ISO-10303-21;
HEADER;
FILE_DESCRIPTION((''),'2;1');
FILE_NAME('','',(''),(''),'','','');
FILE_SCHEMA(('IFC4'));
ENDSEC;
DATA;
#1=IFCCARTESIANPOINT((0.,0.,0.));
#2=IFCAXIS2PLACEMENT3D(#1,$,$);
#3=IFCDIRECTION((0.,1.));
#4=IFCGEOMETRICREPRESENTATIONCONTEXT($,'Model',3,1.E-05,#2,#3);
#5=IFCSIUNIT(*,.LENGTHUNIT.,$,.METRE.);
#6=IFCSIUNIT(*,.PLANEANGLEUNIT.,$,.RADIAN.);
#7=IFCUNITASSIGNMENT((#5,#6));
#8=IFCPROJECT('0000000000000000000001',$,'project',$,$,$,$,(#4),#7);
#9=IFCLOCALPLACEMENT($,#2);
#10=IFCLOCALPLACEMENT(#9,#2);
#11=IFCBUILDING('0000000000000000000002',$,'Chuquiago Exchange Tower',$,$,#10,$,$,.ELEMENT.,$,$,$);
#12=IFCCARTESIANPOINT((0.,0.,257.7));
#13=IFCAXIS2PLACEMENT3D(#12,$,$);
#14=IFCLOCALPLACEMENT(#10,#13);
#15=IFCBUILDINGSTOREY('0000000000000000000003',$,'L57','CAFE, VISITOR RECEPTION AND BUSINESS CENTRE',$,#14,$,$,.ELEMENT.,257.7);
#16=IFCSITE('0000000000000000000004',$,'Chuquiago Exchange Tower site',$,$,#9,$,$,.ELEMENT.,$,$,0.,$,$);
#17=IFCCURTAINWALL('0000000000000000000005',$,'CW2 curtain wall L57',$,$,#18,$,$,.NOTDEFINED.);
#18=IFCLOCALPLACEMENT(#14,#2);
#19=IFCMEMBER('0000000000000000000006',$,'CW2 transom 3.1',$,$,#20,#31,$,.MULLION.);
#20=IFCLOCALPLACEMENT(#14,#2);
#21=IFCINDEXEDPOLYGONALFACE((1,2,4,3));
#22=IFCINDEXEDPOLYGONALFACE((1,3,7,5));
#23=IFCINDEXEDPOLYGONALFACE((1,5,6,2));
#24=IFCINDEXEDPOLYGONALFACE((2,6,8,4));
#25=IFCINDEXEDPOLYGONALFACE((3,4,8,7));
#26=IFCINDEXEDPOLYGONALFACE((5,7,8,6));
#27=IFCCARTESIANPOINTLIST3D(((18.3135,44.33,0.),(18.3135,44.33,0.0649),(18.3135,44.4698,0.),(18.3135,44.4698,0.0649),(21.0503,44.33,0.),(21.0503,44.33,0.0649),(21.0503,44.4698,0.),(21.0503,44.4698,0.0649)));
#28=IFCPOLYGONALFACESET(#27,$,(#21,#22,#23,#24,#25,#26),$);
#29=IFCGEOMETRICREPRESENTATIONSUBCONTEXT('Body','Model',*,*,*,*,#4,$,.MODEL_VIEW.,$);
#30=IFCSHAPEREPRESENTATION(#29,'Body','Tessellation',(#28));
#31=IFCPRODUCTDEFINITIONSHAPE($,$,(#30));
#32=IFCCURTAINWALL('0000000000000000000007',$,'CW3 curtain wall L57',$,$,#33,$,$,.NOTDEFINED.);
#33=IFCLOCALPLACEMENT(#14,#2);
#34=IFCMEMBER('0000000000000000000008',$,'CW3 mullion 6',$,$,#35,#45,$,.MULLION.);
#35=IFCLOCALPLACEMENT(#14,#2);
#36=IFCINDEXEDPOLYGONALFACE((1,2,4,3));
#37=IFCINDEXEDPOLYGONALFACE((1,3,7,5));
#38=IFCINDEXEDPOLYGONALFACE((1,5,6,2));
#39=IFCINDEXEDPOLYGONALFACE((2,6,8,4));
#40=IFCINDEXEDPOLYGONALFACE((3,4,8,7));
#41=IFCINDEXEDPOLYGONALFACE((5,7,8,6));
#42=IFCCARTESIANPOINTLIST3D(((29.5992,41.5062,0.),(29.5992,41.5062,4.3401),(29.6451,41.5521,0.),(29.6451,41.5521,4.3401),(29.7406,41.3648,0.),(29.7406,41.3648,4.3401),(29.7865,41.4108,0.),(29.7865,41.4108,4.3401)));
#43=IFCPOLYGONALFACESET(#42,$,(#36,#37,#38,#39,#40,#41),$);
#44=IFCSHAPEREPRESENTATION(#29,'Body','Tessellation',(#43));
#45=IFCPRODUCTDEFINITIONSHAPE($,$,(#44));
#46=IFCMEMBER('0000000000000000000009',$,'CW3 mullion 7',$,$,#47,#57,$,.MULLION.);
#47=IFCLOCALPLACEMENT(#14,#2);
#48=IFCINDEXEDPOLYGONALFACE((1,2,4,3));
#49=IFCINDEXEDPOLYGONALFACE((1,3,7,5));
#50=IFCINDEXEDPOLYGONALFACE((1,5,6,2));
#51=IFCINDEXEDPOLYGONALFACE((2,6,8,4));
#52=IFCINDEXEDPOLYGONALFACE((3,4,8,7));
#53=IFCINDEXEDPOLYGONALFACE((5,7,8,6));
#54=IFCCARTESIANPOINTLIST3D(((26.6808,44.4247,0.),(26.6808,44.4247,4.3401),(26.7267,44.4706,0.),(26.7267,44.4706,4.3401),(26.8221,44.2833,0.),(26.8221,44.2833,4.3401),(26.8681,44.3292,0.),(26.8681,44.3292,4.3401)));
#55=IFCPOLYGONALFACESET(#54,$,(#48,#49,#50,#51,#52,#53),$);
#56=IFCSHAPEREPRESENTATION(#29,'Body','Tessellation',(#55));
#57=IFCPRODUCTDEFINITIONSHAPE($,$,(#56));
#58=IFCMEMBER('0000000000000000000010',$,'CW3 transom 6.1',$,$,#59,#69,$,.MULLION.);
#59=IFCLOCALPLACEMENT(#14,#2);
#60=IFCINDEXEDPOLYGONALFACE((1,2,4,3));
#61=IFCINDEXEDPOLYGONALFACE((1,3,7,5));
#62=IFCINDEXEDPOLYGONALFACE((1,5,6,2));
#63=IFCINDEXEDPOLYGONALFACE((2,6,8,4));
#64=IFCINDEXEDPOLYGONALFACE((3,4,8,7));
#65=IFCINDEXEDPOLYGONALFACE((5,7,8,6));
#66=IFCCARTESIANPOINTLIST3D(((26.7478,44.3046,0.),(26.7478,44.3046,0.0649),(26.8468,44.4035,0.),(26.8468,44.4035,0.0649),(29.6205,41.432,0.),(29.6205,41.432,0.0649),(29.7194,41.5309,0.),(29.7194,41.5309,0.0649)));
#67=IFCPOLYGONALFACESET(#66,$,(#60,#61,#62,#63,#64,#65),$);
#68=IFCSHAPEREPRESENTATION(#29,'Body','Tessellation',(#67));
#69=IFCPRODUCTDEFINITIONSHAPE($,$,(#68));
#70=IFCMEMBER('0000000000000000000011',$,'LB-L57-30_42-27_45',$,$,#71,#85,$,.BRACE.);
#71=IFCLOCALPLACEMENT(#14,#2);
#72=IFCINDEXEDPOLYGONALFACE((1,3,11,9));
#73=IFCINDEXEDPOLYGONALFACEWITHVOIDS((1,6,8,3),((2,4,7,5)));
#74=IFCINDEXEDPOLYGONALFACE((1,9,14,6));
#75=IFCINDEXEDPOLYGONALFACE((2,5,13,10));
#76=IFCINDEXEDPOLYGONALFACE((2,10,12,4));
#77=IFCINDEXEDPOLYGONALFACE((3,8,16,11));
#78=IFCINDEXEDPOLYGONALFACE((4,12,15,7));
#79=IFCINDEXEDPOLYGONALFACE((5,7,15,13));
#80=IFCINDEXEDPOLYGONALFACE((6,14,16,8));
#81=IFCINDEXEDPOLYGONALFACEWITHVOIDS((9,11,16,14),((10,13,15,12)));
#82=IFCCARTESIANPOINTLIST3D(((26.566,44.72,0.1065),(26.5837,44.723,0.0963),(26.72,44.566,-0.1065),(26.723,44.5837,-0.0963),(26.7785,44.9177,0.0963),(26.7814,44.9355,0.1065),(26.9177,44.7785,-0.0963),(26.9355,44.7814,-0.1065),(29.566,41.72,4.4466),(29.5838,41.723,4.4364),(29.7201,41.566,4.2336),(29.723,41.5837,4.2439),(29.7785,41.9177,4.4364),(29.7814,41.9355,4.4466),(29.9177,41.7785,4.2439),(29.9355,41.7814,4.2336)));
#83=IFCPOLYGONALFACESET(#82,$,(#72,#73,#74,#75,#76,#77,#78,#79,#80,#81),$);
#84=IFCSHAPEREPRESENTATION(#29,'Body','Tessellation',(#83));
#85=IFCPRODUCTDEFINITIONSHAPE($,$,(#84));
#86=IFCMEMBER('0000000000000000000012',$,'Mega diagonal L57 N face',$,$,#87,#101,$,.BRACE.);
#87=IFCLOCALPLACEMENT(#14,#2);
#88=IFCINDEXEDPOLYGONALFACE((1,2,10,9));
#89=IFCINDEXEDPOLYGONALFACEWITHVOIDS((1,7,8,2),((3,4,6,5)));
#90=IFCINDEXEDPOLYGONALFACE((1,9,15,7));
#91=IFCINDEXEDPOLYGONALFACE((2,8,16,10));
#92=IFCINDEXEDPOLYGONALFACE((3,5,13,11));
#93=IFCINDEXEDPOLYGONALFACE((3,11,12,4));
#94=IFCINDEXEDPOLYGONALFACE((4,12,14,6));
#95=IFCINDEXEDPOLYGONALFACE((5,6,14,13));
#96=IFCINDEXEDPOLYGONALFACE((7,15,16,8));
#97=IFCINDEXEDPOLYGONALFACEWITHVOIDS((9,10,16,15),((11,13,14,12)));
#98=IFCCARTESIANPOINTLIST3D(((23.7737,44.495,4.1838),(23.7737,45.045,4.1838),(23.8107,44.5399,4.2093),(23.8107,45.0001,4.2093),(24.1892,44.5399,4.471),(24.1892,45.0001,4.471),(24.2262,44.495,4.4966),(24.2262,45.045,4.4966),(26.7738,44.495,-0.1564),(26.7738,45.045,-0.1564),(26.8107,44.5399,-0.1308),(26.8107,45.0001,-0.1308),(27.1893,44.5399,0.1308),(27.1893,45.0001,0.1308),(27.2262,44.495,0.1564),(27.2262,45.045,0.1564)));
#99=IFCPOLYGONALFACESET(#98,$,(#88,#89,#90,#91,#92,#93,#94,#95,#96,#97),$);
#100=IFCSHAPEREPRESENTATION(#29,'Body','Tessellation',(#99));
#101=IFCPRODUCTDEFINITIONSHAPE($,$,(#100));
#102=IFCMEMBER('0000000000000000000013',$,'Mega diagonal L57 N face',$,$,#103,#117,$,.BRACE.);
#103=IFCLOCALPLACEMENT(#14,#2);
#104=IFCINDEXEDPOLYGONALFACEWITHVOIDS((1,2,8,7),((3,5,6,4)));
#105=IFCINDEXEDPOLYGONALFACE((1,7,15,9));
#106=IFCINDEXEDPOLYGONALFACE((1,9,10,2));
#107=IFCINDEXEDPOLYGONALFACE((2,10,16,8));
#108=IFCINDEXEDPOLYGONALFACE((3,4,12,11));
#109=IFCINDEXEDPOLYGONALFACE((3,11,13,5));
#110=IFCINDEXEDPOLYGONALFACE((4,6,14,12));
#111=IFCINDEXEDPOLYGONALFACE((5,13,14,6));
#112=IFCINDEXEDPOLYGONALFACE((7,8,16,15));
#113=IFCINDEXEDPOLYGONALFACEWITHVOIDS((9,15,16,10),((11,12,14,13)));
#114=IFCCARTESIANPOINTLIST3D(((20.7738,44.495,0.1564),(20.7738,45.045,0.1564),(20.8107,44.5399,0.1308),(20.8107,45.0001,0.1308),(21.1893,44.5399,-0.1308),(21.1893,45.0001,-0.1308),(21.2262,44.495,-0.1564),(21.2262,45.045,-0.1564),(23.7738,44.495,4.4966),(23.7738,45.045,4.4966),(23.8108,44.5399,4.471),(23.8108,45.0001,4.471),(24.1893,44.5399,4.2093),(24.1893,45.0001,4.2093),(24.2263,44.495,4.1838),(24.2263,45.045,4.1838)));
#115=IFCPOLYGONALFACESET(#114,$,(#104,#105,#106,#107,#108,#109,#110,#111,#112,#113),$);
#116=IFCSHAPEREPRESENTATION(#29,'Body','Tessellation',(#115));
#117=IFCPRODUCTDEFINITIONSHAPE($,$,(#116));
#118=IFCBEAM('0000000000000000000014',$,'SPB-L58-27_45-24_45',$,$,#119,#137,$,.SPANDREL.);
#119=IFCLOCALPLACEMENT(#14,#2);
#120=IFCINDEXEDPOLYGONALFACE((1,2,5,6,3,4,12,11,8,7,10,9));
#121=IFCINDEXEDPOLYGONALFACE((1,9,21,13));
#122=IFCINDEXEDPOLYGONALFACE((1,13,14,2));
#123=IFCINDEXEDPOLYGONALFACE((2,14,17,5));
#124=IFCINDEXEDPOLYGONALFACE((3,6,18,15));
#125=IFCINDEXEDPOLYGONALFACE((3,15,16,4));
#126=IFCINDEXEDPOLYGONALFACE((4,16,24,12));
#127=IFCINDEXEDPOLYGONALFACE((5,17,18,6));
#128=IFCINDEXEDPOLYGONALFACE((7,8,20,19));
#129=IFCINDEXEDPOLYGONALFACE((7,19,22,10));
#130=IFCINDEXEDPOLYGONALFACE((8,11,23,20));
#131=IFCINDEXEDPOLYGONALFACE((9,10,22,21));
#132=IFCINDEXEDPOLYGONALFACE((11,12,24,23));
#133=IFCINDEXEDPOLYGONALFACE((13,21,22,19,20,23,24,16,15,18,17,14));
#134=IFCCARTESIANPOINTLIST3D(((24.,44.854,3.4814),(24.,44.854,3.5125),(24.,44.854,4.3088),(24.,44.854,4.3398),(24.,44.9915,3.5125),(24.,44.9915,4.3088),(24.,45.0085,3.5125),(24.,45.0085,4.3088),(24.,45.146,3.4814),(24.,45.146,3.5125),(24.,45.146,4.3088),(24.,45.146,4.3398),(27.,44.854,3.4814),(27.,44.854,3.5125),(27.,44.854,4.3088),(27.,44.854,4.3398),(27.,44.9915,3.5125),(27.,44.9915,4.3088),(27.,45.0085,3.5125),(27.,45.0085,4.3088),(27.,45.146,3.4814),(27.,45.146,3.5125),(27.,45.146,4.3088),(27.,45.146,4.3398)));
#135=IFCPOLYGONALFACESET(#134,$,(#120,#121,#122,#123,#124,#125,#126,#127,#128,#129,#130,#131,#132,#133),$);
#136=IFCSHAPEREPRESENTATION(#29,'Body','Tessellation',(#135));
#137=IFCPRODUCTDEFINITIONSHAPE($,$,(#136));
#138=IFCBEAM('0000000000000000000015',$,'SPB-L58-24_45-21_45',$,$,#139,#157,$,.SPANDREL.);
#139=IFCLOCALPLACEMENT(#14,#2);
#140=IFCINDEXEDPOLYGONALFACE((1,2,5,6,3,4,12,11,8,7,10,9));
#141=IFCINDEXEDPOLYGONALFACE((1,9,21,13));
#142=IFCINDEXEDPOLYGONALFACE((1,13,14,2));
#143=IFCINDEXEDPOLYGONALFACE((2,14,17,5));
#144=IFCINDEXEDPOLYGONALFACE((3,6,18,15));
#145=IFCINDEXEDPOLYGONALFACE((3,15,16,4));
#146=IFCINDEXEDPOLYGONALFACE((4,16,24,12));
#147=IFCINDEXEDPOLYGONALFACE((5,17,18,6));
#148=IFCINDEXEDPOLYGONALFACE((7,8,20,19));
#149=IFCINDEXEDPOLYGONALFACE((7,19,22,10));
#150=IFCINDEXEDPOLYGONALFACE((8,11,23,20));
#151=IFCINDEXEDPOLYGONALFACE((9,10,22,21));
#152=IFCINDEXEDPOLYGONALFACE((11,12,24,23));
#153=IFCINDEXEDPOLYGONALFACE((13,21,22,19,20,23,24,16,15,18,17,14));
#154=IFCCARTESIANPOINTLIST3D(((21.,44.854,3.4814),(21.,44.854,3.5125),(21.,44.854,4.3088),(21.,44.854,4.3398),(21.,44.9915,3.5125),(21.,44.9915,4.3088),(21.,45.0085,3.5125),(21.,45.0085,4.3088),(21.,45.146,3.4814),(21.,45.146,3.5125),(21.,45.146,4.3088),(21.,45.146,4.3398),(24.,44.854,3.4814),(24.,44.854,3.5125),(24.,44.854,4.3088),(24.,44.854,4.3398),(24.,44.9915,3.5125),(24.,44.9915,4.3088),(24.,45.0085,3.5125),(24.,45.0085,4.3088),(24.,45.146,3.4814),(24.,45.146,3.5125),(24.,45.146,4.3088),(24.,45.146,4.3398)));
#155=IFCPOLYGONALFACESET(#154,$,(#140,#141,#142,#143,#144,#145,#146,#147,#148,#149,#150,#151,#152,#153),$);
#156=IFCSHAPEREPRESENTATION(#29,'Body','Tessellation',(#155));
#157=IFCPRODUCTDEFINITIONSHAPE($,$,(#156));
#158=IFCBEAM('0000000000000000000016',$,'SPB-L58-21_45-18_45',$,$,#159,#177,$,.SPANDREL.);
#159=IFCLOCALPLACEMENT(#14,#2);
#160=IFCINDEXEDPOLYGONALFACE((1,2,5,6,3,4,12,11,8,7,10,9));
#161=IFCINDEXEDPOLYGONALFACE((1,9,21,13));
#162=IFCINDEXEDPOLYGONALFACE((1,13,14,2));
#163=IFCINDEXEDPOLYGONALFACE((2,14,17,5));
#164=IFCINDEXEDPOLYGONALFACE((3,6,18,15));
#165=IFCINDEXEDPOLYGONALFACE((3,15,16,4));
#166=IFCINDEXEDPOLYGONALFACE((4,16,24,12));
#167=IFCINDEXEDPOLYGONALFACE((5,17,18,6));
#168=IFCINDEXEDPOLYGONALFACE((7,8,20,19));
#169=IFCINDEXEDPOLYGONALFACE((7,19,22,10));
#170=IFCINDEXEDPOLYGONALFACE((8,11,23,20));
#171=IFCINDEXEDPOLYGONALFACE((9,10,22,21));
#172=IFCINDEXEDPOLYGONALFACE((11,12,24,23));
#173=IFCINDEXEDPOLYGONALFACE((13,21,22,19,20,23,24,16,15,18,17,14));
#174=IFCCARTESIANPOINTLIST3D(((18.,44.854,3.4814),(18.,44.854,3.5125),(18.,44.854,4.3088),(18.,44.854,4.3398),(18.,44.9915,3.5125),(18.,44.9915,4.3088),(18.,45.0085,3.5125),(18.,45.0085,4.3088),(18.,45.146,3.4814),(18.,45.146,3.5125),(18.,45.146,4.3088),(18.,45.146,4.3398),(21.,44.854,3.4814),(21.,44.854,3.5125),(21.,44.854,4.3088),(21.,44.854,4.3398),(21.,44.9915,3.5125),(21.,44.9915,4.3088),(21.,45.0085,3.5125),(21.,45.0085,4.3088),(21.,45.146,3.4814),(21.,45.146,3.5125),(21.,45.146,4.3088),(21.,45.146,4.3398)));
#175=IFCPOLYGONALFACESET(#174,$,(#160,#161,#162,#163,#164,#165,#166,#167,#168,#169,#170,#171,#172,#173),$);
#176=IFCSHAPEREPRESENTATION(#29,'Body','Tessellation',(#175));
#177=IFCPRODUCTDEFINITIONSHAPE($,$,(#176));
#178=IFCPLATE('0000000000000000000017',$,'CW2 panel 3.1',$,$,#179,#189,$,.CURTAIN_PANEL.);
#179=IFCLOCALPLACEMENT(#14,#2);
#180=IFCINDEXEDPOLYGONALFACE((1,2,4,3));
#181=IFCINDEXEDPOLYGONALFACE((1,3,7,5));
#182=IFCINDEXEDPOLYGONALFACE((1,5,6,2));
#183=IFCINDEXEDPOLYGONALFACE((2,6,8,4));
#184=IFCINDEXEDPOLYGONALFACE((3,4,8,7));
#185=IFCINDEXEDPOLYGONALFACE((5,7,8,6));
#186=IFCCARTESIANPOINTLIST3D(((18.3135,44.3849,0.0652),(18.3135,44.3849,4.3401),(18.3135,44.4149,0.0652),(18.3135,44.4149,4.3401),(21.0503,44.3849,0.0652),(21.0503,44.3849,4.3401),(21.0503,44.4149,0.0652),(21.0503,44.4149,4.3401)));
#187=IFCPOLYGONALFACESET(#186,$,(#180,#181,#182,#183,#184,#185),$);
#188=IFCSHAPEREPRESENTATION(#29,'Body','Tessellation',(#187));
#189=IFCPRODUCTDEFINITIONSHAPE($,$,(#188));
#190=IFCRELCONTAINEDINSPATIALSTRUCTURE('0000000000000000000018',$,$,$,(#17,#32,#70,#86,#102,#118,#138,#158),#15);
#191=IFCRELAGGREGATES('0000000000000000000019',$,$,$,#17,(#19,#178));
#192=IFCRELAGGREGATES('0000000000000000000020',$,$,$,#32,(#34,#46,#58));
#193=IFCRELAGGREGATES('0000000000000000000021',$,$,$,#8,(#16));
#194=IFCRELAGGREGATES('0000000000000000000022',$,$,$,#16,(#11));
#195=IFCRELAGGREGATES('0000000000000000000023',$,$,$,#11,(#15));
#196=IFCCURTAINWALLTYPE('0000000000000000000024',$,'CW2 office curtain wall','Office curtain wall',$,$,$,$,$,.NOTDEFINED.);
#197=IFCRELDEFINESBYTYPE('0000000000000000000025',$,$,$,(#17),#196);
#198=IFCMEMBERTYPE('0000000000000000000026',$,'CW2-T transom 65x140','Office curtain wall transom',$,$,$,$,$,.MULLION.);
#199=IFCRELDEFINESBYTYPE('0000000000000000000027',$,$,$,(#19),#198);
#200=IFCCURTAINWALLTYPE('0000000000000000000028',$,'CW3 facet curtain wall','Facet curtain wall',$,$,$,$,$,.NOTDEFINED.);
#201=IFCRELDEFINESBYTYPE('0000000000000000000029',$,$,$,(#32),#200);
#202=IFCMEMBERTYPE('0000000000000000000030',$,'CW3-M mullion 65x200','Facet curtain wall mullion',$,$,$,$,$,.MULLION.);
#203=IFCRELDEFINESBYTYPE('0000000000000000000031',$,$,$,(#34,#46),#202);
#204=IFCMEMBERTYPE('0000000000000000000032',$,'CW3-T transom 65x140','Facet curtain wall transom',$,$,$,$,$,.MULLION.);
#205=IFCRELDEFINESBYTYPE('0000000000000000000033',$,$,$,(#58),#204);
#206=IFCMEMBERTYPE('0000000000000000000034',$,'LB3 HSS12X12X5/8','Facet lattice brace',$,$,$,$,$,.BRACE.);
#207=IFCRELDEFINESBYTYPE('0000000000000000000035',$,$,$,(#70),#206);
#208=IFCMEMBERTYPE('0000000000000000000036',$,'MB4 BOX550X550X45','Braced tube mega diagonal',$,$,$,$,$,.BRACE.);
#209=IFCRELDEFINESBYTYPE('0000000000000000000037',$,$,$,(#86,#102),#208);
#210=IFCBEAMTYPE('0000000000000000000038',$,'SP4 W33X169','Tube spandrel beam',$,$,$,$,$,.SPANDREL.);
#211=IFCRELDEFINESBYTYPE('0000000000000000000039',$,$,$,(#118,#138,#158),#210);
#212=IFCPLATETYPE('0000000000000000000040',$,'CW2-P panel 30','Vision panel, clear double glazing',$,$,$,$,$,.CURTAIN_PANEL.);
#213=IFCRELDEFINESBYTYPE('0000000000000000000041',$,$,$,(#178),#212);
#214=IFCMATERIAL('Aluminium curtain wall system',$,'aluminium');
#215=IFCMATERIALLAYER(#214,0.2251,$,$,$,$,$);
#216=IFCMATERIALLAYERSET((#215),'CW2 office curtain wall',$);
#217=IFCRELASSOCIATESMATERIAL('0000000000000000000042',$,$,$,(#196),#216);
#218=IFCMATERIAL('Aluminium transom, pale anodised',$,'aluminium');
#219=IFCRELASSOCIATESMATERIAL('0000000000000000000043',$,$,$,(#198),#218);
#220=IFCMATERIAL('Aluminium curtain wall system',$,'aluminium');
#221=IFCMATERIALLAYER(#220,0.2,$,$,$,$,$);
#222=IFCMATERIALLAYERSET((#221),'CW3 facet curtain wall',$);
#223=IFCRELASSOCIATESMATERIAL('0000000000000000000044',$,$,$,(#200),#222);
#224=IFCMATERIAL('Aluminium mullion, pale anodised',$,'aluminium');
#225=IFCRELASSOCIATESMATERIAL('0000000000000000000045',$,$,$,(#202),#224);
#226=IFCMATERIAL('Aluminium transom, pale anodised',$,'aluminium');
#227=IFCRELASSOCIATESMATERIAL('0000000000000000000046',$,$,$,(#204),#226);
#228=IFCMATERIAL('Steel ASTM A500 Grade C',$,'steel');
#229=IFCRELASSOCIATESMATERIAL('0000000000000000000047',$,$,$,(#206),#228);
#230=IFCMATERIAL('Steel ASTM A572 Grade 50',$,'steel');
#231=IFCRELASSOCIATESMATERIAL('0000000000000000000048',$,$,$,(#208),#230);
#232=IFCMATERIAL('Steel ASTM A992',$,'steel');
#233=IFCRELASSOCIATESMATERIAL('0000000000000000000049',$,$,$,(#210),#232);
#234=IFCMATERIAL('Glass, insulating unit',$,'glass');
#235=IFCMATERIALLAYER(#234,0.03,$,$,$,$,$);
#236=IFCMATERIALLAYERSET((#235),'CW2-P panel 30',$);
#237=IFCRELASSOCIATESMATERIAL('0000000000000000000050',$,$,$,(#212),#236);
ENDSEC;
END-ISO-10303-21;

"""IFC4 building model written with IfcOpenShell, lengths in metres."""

from ifc_helpers import new_model, si_unit, direction, frame, origin, origin_2d, place, context, subcontext, project, spatial, rectangle, hollow_rectangle, i_section, extrude, material, layer, layer_set, material_profile, profile_set, type_object, element, aggregate, save


model = new_model("IFC4")

# Units and contexts
model_context = context("Model", 3, precision=1e-05, world=origin(), true_north=direction((0.0, 1.0)))
body_context = subcontext(model_context, "Body", "Model", "MODEL_VIEW")
ifc_project = project(units=[si_unit("LENGTHUNIT", "METRE"), si_unit("PLANEANGLEUNIT", "RADIAN")], contexts=[model_context])

# Site, building, storey
site_placement = place(None, origin())
site = spatial("IfcSite", under=ifc_project, at=site_placement, Name="Chuquiago Exchange Tower site", CompositionType="ELEMENT", RefElevation=0.0)
building_placement = place(site_placement, origin())
building = spatial("IfcBuilding", under=site, at=building_placement, Name="Chuquiago Exchange Tower", CompositionType="ELEMENT")
storey_placement = place(building_placement, frame((0.0, 0.0, 257.7)))
storey = spatial("IfcBuildingStorey", under=building, at=storey_placement, Name="L57", Description="CAFE, VISITOR RECEPTION AND BUSINESS CENTRE", CompositionType="ELEMENT", Elevation=257.7)

# Curtain walls, members
ifc_material_1 = material(Name="Aluminium curtain wall system", Category="aluminium")
ifc_layer_1 = layer(ifc_material_1, 0.2251)
ifc_layer_set_1 = layer_set([ifc_layer_1], Name="CW2 office curtain wall")
curtain_wall_type_1 = type_object("IfcCurtainWallType", Name="CW2 office curtain wall", Description="Office curtain wall", PredefinedType="NOTDEFINED", material=ifc_layer_set_1)
curtain_wall_1_placement = place(storey_placement, origin())
curtain_wall_1 = element("IfcCurtainWall", 1, at=curtain_wall_1_placement, inside=storey, type_object=curtain_wall_type_1, Name="CW2 curtain wall L57", PredefinedType="NOTDEFINED")
ifc_material_2 = material(Name="Aluminium transom, pale anodised", Category="aluminium")
ifc_material_profile_1 = material_profile(ifc_material_2, rectangle(XDim=0.1399, YDim=0.0649, at=origin_2d()), Name="AL 140x65")
ifc_profile_set_1 = profile_set([ifc_material_profile_1], Name="Aluminium transom, pale anodised")
member_type_1 = type_object("IfcMemberType", Name="CW2-T transom 65x140", Description="Office curtain wall transom", PredefinedType="MULLION", material=ifc_profile_set_1)
member_1_placement = place(storey_placement, frame((21.0503, 44.3999, 0.0325), z_axis=(-1.0, 0.0, 0.0), x_axis=(0.0, -1.0, 0.0)))
member_1 = element("IfcMember", 2, at=member_1_placement, type_object=member_type_1, Name="CW2 transom 3.1", PredefinedType="MULLION", context=body_context, shape_type="SweptSolid", body=[
    extrude(rectangle(XDim=0.1399, YDim=0.0649, at=origin_2d()), origin(), (0.0, 0.0, 1.0), 2.7368),
])
ifc_material_3 = material(Name="Aluminium curtain wall system", Category="aluminium")
ifc_layer_2 = layer(ifc_material_3, 0.2)
ifc_layer_set_2 = layer_set([ifc_layer_2], Name="CW3 facet curtain wall")
curtain_wall_type_2 = type_object("IfcCurtainWallType", Name="CW3 facet curtain wall", Description="Facet curtain wall", PredefinedType="NOTDEFINED", material=ifc_layer_set_2)
curtain_wall_2_placement = place(storey_placement, origin())
curtain_wall_2 = element("IfcCurtainWall", 3, at=curtain_wall_2_placement, inside=storey, type_object=curtain_wall_type_2, Name="CW3 curtain wall L57", PredefinedType="NOTDEFINED")
ifc_material_4 = material(Name="Aluminium mullion, pale anodised", Category="aluminium")
ifc_material_profile_2 = material_profile(ifc_material_4, rectangle(XDim=0.0649, YDim=0.2, at=origin_2d()), Name="AL 65x200")
ifc_profile_set_2 = profile_set([ifc_material_profile_2], Name="Aluminium mullion, pale anodised")
member_type_2 = type_object("IfcMemberType", Name="CW3-M mullion 65x200", Description="Facet curtain wall mullion", PredefinedType="MULLION", material=ifc_profile_set_2)
member_2_placement = place(storey_placement, frame((29.6929, 41.4585, 0.0), z_axis=(0.0, 0.0, 1.0), x_axis=(-0.707107, -0.707107, 0.0)))
member_2 = element("IfcMember", 4, at=member_2_placement, type_object=member_type_2, Name="CW3 mullion 6", PredefinedType="MULLION", context=body_context, shape_type="SweptSolid", body=[
    extrude(rectangle(XDim=0.0649, YDim=0.2, at=origin_2d()), origin(), (0.0, 0.0, 1.0), 4.3401),
])
member_3_placement = place(storey_placement, frame((26.7744, 44.377, 0.0), z_axis=(0.0, 0.0, 1.0), x_axis=(-0.707107, -0.707107, 0.0)))
member_3 = element("IfcMember", 5, at=member_3_placement, type_object=member_type_2, Name="CW3 mullion 7", PredefinedType="MULLION", context=body_context, shape_type="SweptSolid", body=[
    extrude(rectangle(XDim=0.0649, YDim=0.2, at=origin_2d()), origin(), (0.0, 0.0, 1.0), 4.3401),
])
ifc_material_5 = material(Name="Aluminium transom, pale anodised", Category="aluminium")
ifc_material_profile_3 = material_profile(ifc_material_5, rectangle(XDim=0.1399, YDim=0.0649, at=origin_2d()), Name="AL 140x65")
ifc_profile_set_3 = profile_set([ifc_material_profile_3], Name="Aluminium transom, pale anodised")
member_type_3 = type_object("IfcMemberType", Name="CW3-T transom 65x140", Description="Facet curtain wall transom", PredefinedType="MULLION", material=ifc_profile_set_3)
member_4_placement = place(storey_placement, frame((29.6699, 41.4814, 0.0325), z_axis=(-0.707107, 0.707107, 0.0), x_axis=(-0.707107, -0.707107, 0.0)))
member_4 = element("IfcMember", 6, at=member_4_placement, type_object=member_type_3, Name="CW3 transom 6.1", PredefinedType="MULLION", context=body_context, shape_type="SweptSolid", body=[
    extrude(rectangle(XDim=0.1399, YDim=0.0649, at=origin_2d()), origin(), (0.0, 0.0, 1.0), 4.0625),
])

# Members
ifc_material_6 = material(Name="Steel ASTM A500 Grade C", Category="steel")
ifc_material_profile_4 = material_profile(ifc_material_6, hollow_rectangle(XDim=0.3047, YDim=0.3047, WallThickness=0.0146, at=origin_2d()), Name="HSS12X12X5/8")
ifc_profile_set_4 = profile_set([ifc_material_profile_4], Name="Steel ASTM A500 Grade C")
member_type_4 = type_object("IfcMemberType", Name="LB3 HSS12X12X5/8", Description="Facet lattice brace", PredefinedType="BRACE", material=ifc_profile_set_4)
member_5_placement = place(storey_placement, frame((26.7507, 44.7507, 0.0), z_axis=(0.494291, -0.494291, 0.715089), x_axis=(0.707107, 0.707107, 0.0)))
element("IfcMember", 7, at=member_5_placement, inside=storey, type_object=member_type_4, Name="LB-L57-30_42-27_45", PredefinedType="BRACE", context=body_context, shape_type="SweptSolid", body=[
    extrude(hollow_rectangle(XDim=0.3047, YDim=0.3047, WallThickness=0.0146, at=origin_2d()), origin(), (0.0, 0.0, 1.0), 6.0693),
])
ifc_material_7 = material(Name="Steel ASTM A572 Grade 50", Category="steel")
ifc_material_profile_5 = material_profile(ifc_material_7, hollow_rectangle(XDim=0.55, YDim=0.55, WallThickness=0.0449, at=origin_2d()), Name="BOX550X550X45")
ifc_profile_set_5 = profile_set([ifc_material_profile_5], Name="Steel ASTM A572 Grade 50")
member_type_5 = type_object("IfcMemberType", Name="MB4 BOX550X550X45", Description="Braced tube mega diagonal", PredefinedType="BRACE", material=ifc_profile_set_5)
for number, where, z_axis, x_axis, name in (
    (8, (27.0, 44.77, 0.0), (-0.568611, 0.0, 0.822607), (0.0, -1.0, 0.0), "Mega diagonal L57 N face"),
    (9, (21.0, 44.77, 0.0), (0.568611, 0.0, 0.822607), (0.0, 1.0, 0.0), "Mega diagonal L57 N face"),
):
    element("IfcMember", number, at=place(storey_placement, frame(where, z_axis=z_axis, x_axis=x_axis)), inside=storey, type_object=member_type_5, Name=name, PredefinedType="BRACE", context=body_context, shape_type="SweptSolid", body=[
        extrude(hollow_rectangle(XDim=0.55, YDim=0.55, WallThickness=0.0449, at=origin_2d()), origin(), (0.0, 0.0, 1.0), 5.2761),
    ])

# Beams
ifc_material_8 = material(Name="Steel ASTM A992", Category="steel")
ifc_material_profile_6 = material_profile(ifc_material_8, i_section(OverallWidth=0.292, OverallDepth=0.8584, WebThickness=0.0171, FlangeThickness=0.031, at=origin_2d()), Name="W33X169")
ifc_profile_set_6 = profile_set([ifc_material_profile_6], Name="Steel ASTM A992")
beam_type_1 = type_object("IfcBeamType", Name="SP4 W33X169", Description="Tube spandrel beam", PredefinedType="SPANDREL", material=ifc_profile_set_6)
for number, where, z_axis, x_axis, name in (
    (10, (27.0, 45.0, 3.9106), (-1.0, 0.0, 0.0), (0.0, -1.0, 0.0), "SPB-L58-27_45-24_45"),
    (11, (24.0, 45.0, 3.9106), (-1.0, 0.0, 0.0), (0.0, -1.0, 0.0), "SPB-L58-24_45-21_45"),
    (12, (21.0, 45.0, 3.9106), (-1.0, 0.0, 0.0), (0.0, -1.0, 0.0), "SPB-L58-21_45-18_45"),
):
    element("IfcBeam", number, at=place(storey_placement, frame(where, z_axis=z_axis, x_axis=x_axis)), inside=storey, type_object=beam_type_1, Name=name, PredefinedType="SPANDREL", context=body_context, shape_type="SweptSolid", body=[
        extrude(i_section(OverallWidth=0.292, OverallDepth=0.8584, WebThickness=0.0171, FlangeThickness=0.031, at=origin_2d()), origin(), (0.0, 0.0, 1.0), 3.0),
    ])

# Plate
ifc_material_9 = material(Name="Glass, insulating unit", Category="glass")
ifc_layer_3 = layer(ifc_material_9, 0.03)
ifc_layer_set_3 = layer_set([ifc_layer_3], Name="CW2-P panel 30")
plate_type_1 = type_object("IfcPlateType", Name="CW2-P panel 30", Description="Vision panel, clear double glazing", PredefinedType="CURTAIN_PANEL", material=ifc_layer_set_3)
plate_1_placement = place(storey_placement, frame((19.6819, 44.3999, 0.0652), z_axis=(0.0, 0.0, 1.0), x_axis=(-1.0, 0.0, 0.0)))
plate_1 = element("IfcPlate", 13, at=plate_1_placement, type_object=plate_type_1, Name="CW2 panel 3.1", PredefinedType="CURTAIN_PANEL", context=body_context, shape_type="SweptSolid", body=[
    extrude(rectangle(XDim=2.7368, YDim=0.03, at=origin_2d()), origin(), (0.0, 0.0, 1.0), 4.2749),
])
aggregate(curtain_wall_1, [member_1, plate_1])
aggregate(curtain_wall_2, [member_2, member_3, member_4])

save(model, "model.ifc")
